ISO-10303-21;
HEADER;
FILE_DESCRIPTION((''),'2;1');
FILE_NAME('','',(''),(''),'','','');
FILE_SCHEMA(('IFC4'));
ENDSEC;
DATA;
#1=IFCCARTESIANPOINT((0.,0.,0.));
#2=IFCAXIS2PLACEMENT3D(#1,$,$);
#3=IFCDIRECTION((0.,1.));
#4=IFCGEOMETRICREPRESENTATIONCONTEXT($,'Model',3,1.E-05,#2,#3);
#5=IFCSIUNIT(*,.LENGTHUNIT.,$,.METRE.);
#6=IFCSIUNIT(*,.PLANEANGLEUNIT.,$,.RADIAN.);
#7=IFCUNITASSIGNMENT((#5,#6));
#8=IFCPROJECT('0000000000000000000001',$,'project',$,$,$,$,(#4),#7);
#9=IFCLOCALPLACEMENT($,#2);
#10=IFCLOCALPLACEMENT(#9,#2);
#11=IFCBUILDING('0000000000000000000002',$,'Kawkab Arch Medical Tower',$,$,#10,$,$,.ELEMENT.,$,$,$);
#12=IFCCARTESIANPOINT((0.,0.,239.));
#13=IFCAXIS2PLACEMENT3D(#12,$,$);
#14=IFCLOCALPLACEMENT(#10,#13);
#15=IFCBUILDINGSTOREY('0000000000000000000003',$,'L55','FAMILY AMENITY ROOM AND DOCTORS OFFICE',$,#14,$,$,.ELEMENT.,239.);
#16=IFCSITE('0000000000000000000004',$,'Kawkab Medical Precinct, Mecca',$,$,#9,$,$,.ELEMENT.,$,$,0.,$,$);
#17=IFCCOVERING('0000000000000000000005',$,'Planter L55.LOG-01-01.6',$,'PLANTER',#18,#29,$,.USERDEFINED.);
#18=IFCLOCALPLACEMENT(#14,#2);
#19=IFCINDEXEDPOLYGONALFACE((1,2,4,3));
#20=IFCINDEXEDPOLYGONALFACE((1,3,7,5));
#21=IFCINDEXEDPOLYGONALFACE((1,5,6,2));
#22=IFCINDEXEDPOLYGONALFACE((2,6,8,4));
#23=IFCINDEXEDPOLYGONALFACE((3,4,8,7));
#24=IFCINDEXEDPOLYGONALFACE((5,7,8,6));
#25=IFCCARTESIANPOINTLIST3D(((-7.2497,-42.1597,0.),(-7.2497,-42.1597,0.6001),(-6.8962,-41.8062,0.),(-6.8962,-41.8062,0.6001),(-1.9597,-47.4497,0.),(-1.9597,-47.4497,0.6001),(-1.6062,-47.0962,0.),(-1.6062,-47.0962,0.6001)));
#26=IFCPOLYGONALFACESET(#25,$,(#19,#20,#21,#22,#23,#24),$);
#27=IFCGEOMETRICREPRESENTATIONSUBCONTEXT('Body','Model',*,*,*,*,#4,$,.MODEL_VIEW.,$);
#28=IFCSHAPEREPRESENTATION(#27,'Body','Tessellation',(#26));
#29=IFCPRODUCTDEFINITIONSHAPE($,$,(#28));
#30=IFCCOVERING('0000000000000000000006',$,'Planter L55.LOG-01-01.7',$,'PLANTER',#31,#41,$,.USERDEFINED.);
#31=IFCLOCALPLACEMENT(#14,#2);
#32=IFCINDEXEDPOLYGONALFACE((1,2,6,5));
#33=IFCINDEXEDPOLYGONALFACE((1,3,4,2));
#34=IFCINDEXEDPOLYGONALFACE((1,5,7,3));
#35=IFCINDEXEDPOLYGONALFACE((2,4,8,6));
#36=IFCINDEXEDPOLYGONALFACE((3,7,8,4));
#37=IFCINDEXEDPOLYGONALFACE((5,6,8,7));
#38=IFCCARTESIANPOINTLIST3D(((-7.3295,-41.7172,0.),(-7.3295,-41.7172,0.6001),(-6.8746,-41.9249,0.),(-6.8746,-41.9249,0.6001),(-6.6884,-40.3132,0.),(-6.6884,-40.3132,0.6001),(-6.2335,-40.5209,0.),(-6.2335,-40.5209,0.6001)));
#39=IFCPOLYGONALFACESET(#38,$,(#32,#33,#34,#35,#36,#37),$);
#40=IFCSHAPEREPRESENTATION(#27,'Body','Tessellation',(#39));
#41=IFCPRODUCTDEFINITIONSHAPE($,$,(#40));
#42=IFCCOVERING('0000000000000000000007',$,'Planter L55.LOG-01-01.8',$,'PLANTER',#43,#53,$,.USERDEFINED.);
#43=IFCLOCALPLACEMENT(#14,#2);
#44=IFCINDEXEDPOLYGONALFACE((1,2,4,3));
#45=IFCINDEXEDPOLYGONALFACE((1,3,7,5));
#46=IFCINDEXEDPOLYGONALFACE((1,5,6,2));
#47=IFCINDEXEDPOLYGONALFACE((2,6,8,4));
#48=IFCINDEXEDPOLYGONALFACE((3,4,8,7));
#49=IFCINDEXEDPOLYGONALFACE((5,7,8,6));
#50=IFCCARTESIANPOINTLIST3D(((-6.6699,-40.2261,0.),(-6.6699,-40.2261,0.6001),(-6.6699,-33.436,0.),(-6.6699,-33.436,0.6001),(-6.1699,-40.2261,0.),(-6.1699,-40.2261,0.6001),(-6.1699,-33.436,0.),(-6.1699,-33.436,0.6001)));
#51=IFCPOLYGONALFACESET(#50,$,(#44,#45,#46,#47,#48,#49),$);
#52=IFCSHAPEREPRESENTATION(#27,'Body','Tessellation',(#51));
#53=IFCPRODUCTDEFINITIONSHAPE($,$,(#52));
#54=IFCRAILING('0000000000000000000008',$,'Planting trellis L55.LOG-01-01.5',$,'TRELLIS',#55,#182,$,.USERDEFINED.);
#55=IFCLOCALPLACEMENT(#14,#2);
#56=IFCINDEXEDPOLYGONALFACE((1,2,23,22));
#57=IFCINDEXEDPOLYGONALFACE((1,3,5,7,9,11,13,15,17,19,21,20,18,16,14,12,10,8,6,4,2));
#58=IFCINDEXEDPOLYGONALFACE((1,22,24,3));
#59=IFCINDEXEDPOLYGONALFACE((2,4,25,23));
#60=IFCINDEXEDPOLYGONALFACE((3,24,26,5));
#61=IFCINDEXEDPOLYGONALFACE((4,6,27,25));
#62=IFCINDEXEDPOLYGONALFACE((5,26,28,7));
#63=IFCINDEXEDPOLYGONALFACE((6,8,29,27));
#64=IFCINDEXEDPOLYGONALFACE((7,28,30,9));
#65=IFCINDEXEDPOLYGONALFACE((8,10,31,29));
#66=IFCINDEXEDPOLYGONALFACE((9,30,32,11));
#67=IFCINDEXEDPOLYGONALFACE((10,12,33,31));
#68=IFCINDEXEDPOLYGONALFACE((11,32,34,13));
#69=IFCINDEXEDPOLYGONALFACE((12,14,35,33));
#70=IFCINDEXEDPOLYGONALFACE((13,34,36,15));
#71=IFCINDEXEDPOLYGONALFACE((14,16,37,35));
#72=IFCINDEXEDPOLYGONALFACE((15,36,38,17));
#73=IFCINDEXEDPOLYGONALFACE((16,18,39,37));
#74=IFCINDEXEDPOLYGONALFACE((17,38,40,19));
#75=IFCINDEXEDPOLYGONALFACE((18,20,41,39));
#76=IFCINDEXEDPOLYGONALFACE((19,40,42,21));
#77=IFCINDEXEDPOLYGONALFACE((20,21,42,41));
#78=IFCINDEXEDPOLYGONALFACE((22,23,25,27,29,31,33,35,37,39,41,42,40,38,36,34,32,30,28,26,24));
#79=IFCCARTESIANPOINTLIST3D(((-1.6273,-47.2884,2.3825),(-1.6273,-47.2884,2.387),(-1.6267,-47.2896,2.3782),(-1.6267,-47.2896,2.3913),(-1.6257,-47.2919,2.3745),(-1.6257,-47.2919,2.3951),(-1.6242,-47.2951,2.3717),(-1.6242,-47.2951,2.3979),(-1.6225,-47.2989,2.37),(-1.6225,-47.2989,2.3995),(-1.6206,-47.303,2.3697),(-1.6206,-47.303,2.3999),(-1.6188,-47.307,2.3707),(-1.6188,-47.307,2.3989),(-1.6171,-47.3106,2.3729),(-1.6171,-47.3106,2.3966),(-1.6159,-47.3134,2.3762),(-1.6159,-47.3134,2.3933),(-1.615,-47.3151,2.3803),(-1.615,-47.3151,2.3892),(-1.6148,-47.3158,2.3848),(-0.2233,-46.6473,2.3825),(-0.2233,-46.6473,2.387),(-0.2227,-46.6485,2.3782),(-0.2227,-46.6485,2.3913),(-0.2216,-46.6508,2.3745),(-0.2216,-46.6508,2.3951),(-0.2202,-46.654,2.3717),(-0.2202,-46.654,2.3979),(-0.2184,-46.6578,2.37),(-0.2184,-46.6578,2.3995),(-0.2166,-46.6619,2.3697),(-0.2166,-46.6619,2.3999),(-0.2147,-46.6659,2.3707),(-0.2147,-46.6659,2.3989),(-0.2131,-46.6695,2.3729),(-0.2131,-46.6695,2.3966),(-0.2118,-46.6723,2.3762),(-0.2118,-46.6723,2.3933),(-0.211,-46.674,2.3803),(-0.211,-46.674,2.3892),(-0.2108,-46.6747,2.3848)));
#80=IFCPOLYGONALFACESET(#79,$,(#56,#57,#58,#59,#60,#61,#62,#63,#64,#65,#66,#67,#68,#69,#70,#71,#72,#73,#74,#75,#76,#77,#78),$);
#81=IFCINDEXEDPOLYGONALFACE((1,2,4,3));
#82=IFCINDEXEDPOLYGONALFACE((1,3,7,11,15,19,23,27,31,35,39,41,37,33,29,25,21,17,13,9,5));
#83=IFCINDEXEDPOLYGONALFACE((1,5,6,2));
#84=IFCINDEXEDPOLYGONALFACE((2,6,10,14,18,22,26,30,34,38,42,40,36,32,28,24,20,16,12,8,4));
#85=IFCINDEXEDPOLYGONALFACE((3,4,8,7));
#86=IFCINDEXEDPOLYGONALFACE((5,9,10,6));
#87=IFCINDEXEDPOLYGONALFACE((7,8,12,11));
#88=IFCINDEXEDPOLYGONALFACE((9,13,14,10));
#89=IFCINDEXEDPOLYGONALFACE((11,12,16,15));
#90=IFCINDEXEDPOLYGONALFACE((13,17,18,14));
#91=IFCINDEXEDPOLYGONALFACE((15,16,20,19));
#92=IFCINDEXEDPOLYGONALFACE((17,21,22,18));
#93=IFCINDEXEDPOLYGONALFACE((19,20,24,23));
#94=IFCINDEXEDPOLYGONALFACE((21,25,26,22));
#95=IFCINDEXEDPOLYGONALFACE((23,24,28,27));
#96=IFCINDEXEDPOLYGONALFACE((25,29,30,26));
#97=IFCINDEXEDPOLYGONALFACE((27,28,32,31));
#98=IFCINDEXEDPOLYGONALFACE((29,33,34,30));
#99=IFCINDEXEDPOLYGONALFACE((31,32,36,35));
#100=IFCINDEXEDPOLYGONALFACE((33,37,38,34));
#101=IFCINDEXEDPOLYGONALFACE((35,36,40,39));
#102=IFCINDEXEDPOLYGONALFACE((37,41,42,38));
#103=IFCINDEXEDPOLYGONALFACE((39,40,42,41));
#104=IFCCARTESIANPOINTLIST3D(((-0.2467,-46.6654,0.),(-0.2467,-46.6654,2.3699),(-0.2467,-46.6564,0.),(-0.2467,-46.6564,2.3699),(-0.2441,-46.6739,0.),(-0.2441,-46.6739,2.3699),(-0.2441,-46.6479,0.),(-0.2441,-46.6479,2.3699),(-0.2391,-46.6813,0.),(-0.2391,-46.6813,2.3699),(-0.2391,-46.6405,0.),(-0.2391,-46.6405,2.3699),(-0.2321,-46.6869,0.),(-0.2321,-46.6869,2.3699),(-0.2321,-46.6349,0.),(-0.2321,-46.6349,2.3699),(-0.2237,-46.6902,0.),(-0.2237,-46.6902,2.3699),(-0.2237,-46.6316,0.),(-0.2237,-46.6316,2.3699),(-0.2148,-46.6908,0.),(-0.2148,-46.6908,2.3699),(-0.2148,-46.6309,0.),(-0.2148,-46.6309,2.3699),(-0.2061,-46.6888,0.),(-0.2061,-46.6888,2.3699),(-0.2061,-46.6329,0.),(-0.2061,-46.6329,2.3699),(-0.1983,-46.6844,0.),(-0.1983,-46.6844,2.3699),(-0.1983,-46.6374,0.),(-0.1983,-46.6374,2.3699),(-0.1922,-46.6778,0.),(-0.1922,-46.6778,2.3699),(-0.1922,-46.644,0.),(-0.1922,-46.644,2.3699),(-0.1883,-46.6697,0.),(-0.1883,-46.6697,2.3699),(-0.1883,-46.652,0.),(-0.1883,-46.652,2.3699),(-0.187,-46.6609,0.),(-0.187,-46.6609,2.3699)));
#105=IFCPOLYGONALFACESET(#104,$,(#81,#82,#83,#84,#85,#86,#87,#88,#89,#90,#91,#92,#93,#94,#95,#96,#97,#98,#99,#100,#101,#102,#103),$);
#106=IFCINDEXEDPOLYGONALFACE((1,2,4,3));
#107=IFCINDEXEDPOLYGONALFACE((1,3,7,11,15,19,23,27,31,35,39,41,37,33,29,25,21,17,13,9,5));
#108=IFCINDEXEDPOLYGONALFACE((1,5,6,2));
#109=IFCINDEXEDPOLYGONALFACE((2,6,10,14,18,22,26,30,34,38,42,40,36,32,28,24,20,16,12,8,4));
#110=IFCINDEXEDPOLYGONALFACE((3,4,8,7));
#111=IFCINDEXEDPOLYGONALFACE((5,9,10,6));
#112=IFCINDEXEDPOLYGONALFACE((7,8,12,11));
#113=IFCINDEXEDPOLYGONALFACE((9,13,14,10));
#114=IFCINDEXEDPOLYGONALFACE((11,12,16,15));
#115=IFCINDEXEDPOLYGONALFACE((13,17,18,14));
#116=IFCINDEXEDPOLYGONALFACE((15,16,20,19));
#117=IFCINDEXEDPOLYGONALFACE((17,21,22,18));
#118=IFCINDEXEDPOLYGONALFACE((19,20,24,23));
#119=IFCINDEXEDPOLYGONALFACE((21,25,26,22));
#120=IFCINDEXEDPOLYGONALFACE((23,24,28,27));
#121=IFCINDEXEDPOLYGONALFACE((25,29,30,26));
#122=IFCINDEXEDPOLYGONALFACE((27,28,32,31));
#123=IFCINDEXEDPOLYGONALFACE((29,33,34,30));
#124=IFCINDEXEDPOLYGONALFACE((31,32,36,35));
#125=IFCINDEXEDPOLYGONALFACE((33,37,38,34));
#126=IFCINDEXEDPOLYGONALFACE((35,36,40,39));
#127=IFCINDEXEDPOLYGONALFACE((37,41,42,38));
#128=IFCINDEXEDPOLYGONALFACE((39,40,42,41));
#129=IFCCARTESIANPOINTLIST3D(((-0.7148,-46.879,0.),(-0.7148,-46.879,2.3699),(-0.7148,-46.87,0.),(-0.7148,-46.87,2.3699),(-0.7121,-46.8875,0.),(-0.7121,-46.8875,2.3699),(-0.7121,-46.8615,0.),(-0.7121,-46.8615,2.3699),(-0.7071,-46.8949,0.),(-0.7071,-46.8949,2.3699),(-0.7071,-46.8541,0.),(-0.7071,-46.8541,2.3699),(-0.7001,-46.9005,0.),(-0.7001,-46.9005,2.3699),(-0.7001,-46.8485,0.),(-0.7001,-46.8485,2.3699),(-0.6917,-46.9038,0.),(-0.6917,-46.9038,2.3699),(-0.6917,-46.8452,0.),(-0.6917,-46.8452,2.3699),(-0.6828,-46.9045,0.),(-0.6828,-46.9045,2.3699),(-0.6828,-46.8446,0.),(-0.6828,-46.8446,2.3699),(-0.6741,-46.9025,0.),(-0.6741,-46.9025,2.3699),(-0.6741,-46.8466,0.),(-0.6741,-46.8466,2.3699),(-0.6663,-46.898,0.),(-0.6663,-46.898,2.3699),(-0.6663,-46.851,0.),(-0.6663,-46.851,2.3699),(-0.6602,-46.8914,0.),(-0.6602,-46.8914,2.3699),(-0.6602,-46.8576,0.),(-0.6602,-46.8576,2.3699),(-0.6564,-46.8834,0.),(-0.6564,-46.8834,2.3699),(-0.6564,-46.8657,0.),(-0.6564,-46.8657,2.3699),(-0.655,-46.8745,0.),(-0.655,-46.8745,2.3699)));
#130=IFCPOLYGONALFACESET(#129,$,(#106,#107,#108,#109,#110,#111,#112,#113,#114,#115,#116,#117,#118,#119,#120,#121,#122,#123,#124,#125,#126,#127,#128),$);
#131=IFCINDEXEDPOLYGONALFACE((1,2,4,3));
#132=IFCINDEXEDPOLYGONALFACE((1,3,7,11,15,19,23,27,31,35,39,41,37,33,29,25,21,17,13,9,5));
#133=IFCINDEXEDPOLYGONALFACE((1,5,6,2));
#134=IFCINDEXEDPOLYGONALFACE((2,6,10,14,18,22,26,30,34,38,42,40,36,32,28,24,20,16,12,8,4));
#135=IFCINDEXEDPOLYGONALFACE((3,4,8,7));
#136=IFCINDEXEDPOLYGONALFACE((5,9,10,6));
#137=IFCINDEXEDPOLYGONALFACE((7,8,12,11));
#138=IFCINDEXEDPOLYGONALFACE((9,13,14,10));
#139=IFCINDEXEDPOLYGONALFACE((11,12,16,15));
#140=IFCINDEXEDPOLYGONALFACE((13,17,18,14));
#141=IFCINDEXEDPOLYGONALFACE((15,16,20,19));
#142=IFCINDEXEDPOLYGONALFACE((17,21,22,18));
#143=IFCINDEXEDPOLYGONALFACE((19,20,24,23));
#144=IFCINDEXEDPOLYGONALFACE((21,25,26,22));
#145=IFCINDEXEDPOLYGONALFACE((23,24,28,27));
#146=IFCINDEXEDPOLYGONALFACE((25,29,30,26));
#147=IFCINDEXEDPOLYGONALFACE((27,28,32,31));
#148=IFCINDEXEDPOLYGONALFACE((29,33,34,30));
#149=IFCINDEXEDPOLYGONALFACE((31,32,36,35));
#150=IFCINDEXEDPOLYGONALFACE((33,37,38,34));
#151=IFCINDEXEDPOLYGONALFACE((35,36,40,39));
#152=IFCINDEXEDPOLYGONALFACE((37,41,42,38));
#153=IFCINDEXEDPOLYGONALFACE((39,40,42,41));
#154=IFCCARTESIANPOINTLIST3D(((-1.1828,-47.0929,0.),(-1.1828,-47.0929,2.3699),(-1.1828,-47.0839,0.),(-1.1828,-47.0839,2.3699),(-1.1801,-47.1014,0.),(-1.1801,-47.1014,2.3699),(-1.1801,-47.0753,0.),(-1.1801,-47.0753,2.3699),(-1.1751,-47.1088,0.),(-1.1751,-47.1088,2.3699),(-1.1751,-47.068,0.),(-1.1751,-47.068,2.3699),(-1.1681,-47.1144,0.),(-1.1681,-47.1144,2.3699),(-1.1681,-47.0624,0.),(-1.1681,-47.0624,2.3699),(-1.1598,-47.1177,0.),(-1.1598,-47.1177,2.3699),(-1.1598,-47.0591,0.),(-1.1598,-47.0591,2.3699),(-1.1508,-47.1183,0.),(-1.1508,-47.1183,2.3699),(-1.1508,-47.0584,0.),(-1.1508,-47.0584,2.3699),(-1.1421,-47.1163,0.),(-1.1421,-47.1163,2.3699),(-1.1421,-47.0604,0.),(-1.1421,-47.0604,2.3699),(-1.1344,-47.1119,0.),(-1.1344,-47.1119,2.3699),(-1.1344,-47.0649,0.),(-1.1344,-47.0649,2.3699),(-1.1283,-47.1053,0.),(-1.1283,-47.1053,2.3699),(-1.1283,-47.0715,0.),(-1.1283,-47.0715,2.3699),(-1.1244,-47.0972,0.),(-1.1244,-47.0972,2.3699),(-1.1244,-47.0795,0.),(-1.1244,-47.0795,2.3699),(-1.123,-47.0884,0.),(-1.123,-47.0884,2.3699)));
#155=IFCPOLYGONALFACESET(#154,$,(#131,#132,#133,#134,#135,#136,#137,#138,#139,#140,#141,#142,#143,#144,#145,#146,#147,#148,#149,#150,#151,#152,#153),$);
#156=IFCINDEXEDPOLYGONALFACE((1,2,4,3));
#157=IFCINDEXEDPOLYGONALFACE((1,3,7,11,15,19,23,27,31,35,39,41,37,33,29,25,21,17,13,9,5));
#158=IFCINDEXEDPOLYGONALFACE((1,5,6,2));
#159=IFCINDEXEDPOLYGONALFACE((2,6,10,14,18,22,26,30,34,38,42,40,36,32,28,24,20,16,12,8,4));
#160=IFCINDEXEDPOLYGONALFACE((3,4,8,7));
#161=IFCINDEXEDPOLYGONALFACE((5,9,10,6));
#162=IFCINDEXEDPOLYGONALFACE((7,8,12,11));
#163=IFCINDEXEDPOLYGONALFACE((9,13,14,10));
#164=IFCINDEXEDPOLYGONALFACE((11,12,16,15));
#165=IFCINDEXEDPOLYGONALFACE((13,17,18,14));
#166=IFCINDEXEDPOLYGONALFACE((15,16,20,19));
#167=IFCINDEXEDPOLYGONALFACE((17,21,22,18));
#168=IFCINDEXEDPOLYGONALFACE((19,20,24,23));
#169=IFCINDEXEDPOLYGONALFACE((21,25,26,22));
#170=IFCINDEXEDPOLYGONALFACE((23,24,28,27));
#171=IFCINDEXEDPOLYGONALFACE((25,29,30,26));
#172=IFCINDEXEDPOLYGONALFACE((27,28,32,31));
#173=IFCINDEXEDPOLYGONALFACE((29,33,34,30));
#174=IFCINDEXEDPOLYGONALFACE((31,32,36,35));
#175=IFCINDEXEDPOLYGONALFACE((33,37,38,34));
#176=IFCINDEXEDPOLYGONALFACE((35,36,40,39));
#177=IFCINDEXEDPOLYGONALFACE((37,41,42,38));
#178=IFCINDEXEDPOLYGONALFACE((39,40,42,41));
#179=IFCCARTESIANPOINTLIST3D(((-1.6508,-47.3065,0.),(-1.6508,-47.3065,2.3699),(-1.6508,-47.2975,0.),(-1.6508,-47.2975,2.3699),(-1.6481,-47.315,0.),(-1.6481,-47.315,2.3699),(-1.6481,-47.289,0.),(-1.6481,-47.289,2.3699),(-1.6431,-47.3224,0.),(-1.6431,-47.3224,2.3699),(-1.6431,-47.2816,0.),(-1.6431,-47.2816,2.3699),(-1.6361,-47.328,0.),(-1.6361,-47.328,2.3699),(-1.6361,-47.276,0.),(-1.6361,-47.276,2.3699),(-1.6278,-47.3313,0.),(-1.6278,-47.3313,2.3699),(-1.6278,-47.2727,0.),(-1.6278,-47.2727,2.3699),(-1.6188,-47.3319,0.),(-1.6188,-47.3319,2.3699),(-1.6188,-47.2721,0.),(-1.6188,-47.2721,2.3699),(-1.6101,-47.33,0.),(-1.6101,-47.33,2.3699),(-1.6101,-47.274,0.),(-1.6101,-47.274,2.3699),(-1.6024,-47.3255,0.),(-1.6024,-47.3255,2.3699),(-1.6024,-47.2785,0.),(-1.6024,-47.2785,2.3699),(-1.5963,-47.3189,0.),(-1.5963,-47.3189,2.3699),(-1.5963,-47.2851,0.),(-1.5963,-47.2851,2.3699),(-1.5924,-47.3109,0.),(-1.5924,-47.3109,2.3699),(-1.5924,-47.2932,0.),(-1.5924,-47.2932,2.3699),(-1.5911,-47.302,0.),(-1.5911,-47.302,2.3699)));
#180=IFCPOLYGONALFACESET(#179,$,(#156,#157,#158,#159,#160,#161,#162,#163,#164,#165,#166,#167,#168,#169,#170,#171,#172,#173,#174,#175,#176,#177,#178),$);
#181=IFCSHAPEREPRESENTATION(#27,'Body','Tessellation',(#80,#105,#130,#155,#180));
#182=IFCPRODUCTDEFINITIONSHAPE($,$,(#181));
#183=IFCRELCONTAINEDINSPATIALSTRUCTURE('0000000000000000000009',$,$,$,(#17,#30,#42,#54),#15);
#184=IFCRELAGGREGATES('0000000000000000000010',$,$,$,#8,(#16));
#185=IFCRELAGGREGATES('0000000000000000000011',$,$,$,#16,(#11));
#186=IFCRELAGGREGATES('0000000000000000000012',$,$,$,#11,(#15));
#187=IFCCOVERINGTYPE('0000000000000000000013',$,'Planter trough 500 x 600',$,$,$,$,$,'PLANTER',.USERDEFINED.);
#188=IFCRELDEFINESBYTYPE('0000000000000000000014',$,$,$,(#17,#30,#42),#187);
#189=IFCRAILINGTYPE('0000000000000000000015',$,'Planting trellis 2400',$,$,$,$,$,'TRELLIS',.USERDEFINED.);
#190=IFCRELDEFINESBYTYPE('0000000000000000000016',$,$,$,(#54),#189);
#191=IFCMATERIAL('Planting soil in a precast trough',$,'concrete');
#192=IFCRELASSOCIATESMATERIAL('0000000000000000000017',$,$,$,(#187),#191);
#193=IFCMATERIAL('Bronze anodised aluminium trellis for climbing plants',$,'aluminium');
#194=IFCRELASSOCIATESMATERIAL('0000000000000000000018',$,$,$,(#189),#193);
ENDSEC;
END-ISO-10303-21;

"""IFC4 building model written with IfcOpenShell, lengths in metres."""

from ifc_helpers import new_model, si_unit, direction, frame, origin, origin_2d, place, context, subcontext, project, spatial, rectangle, circle, extrude, material, material_profile, profile_set, type_object, element, save


model = new_model("IFC4")

# Units and contexts
model_context = context("Model", 3, precision=1e-05, world=origin(), true_north=direction((0.0, 1.0)))
body_context = subcontext(model_context, "Body", "Model", "MODEL_VIEW")
ifc_project = project(units=[si_unit("LENGTHUNIT", "METRE"), si_unit("PLANEANGLEUNIT", "RADIAN")], contexts=[model_context])

# Site, building, storey
site_placement = place(None, origin())
site = spatial("IfcSite", under=ifc_project, at=site_placement, Name="Kawkab Medical Precinct, Mecca", CompositionType="ELEMENT", RefElevation=0.0)
building_placement = place(site_placement, origin())
building = spatial("IfcBuilding", under=site, at=building_placement, Name="Kawkab Arch Medical Tower", CompositionType="ELEMENT")
storey_placement = place(building_placement, frame((0.0, 0.0, 239.0)))
storey = spatial("IfcBuildingStorey", under=building, at=storey_placement, Name="L55", Description="FAMILY AMENITY ROOM AND DOCTORS OFFICE", CompositionType="ELEMENT", Elevation=239.0)

# Coverings
ifc_material_1 = material(Name="Planting soil in a precast trough", Category="concrete")
ifc_material_profile_1 = material_profile(ifc_material_1, rectangle(XDim=0.5, YDim=0.6001, at=origin_2d()), Name="Trough 500x600")
ifc_profile_set_1 = profile_set([ifc_material_profile_1], Name="Planting soil in a precast trough")
covering_type_1 = type_object("IfcCoveringType", Name="Planter trough 500 x 600", ElementType="PLANTER", PredefinedType="USERDEFINED", material=ifc_profile_set_1)
covering_1_placement = place(storey_placement, frame((-1.783, -47.2729, 0.3), z_axis=(-0.707107, 0.707107, 0.0), x_axis=(-0.707107, -0.707107, 0.0)))
element("IfcCovering", 1, at=covering_1_placement, inside=storey, type_object=covering_type_1, Name="Planter L55.LOG-01-01.6", ObjectType="PLANTER", PredefinedType="USERDEFINED", context=body_context, shape_type="SweptSolid", body=[
    extrude(rectangle(XDim=0.5, YDim=0.6001, at=origin_2d()), origin(), (0.0, 0.0, 1.0), 7.4812),
])
covering_2_placement = place(storey_placement, frame((-7.1021, -41.821, 0.3), z_axis=(0.415363, 0.909656, 0.0), x_axis=(-0.909656, 0.415363, 0.0)))
element("IfcCovering", 2, at=covering_2_placement, inside=storey, type_object=covering_type_1, Name="Planter L55.LOG-01-01.7", ObjectType="PLANTER", PredefinedType="USERDEFINED", context=body_context, shape_type="SweptSolid", body=[
    extrude(rectangle(XDim=0.5, YDim=0.6001, at=origin_2d()), origin(), (0.0, 0.0, 1.0), 1.5435),
])
covering_3_placement = place(storey_placement, frame((-6.4199, -40.2261, 0.3), z_axis=(0.0, 1.0, 0.0), x_axis=(-1.0, 0.0, 0.0)))
element("IfcCovering", 3, at=covering_3_placement, inside=storey, type_object=covering_type_1, Name="Planter L55.LOG-01-01.8", ObjectType="PLANTER", PredefinedType="USERDEFINED", context=body_context, shape_type="SweptSolid", body=[
    extrude(rectangle(XDim=0.5, YDim=0.6001, at=origin_2d()), origin(), (0.0, 0.0, 1.0), 6.79),
])

# Railing
ifc_material_2 = material(Name="Bronze anodised aluminium trellis for climbing plants", Category="aluminium")
railing_type_1 = type_object("IfcRailingType", Name="Planting trellis 2400", ElementType="TRELLIS", PredefinedType="USERDEFINED", material=ifc_material_2)
railing_1_placement = place(storey_placement, frame((-0.217, -46.6609, 0.0)))
element("IfcRailing", 4, at=railing_1_placement, inside=storey, type_object=railing_type_1, Name="Planting trellis L55.LOG-01-01.5", ObjectType="TRELLIS", PredefinedType="USERDEFINED", context=body_context, shape_type="SweptSolid", body=[
    extrude(circle(Radius=0.0151, at=origin_2d()), frame((0.0, 0.0, 2.3848), z_axis=(-0.909656, -0.415363, 0.0), x_axis=(0.415363, -0.909656, 0.0)), (0.0, 0.0, 1.0), 1.5435),
    extrude(circle(Radius=0.03, at=origin_2d()), origin(), (0.0, 0.0, 1.0), 2.3699),
    extrude(circle(Radius=0.03, at=origin_2d()), frame((-0.468, -0.2136, 0.0)), (0.0, 0.0, 1.0), 2.3699),
    extrude(circle(Radius=0.03, at=origin_2d()), frame((-0.936, -0.4275, 0.0)), (0.0, 0.0, 1.0), 2.3699),
    extrude(circle(Radius=0.03, at=origin_2d()), frame((-1.4041, -0.6411, 0.0)), (0.0, 0.0, 1.0), 2.3699),
])

save(model, "model.ifc")
